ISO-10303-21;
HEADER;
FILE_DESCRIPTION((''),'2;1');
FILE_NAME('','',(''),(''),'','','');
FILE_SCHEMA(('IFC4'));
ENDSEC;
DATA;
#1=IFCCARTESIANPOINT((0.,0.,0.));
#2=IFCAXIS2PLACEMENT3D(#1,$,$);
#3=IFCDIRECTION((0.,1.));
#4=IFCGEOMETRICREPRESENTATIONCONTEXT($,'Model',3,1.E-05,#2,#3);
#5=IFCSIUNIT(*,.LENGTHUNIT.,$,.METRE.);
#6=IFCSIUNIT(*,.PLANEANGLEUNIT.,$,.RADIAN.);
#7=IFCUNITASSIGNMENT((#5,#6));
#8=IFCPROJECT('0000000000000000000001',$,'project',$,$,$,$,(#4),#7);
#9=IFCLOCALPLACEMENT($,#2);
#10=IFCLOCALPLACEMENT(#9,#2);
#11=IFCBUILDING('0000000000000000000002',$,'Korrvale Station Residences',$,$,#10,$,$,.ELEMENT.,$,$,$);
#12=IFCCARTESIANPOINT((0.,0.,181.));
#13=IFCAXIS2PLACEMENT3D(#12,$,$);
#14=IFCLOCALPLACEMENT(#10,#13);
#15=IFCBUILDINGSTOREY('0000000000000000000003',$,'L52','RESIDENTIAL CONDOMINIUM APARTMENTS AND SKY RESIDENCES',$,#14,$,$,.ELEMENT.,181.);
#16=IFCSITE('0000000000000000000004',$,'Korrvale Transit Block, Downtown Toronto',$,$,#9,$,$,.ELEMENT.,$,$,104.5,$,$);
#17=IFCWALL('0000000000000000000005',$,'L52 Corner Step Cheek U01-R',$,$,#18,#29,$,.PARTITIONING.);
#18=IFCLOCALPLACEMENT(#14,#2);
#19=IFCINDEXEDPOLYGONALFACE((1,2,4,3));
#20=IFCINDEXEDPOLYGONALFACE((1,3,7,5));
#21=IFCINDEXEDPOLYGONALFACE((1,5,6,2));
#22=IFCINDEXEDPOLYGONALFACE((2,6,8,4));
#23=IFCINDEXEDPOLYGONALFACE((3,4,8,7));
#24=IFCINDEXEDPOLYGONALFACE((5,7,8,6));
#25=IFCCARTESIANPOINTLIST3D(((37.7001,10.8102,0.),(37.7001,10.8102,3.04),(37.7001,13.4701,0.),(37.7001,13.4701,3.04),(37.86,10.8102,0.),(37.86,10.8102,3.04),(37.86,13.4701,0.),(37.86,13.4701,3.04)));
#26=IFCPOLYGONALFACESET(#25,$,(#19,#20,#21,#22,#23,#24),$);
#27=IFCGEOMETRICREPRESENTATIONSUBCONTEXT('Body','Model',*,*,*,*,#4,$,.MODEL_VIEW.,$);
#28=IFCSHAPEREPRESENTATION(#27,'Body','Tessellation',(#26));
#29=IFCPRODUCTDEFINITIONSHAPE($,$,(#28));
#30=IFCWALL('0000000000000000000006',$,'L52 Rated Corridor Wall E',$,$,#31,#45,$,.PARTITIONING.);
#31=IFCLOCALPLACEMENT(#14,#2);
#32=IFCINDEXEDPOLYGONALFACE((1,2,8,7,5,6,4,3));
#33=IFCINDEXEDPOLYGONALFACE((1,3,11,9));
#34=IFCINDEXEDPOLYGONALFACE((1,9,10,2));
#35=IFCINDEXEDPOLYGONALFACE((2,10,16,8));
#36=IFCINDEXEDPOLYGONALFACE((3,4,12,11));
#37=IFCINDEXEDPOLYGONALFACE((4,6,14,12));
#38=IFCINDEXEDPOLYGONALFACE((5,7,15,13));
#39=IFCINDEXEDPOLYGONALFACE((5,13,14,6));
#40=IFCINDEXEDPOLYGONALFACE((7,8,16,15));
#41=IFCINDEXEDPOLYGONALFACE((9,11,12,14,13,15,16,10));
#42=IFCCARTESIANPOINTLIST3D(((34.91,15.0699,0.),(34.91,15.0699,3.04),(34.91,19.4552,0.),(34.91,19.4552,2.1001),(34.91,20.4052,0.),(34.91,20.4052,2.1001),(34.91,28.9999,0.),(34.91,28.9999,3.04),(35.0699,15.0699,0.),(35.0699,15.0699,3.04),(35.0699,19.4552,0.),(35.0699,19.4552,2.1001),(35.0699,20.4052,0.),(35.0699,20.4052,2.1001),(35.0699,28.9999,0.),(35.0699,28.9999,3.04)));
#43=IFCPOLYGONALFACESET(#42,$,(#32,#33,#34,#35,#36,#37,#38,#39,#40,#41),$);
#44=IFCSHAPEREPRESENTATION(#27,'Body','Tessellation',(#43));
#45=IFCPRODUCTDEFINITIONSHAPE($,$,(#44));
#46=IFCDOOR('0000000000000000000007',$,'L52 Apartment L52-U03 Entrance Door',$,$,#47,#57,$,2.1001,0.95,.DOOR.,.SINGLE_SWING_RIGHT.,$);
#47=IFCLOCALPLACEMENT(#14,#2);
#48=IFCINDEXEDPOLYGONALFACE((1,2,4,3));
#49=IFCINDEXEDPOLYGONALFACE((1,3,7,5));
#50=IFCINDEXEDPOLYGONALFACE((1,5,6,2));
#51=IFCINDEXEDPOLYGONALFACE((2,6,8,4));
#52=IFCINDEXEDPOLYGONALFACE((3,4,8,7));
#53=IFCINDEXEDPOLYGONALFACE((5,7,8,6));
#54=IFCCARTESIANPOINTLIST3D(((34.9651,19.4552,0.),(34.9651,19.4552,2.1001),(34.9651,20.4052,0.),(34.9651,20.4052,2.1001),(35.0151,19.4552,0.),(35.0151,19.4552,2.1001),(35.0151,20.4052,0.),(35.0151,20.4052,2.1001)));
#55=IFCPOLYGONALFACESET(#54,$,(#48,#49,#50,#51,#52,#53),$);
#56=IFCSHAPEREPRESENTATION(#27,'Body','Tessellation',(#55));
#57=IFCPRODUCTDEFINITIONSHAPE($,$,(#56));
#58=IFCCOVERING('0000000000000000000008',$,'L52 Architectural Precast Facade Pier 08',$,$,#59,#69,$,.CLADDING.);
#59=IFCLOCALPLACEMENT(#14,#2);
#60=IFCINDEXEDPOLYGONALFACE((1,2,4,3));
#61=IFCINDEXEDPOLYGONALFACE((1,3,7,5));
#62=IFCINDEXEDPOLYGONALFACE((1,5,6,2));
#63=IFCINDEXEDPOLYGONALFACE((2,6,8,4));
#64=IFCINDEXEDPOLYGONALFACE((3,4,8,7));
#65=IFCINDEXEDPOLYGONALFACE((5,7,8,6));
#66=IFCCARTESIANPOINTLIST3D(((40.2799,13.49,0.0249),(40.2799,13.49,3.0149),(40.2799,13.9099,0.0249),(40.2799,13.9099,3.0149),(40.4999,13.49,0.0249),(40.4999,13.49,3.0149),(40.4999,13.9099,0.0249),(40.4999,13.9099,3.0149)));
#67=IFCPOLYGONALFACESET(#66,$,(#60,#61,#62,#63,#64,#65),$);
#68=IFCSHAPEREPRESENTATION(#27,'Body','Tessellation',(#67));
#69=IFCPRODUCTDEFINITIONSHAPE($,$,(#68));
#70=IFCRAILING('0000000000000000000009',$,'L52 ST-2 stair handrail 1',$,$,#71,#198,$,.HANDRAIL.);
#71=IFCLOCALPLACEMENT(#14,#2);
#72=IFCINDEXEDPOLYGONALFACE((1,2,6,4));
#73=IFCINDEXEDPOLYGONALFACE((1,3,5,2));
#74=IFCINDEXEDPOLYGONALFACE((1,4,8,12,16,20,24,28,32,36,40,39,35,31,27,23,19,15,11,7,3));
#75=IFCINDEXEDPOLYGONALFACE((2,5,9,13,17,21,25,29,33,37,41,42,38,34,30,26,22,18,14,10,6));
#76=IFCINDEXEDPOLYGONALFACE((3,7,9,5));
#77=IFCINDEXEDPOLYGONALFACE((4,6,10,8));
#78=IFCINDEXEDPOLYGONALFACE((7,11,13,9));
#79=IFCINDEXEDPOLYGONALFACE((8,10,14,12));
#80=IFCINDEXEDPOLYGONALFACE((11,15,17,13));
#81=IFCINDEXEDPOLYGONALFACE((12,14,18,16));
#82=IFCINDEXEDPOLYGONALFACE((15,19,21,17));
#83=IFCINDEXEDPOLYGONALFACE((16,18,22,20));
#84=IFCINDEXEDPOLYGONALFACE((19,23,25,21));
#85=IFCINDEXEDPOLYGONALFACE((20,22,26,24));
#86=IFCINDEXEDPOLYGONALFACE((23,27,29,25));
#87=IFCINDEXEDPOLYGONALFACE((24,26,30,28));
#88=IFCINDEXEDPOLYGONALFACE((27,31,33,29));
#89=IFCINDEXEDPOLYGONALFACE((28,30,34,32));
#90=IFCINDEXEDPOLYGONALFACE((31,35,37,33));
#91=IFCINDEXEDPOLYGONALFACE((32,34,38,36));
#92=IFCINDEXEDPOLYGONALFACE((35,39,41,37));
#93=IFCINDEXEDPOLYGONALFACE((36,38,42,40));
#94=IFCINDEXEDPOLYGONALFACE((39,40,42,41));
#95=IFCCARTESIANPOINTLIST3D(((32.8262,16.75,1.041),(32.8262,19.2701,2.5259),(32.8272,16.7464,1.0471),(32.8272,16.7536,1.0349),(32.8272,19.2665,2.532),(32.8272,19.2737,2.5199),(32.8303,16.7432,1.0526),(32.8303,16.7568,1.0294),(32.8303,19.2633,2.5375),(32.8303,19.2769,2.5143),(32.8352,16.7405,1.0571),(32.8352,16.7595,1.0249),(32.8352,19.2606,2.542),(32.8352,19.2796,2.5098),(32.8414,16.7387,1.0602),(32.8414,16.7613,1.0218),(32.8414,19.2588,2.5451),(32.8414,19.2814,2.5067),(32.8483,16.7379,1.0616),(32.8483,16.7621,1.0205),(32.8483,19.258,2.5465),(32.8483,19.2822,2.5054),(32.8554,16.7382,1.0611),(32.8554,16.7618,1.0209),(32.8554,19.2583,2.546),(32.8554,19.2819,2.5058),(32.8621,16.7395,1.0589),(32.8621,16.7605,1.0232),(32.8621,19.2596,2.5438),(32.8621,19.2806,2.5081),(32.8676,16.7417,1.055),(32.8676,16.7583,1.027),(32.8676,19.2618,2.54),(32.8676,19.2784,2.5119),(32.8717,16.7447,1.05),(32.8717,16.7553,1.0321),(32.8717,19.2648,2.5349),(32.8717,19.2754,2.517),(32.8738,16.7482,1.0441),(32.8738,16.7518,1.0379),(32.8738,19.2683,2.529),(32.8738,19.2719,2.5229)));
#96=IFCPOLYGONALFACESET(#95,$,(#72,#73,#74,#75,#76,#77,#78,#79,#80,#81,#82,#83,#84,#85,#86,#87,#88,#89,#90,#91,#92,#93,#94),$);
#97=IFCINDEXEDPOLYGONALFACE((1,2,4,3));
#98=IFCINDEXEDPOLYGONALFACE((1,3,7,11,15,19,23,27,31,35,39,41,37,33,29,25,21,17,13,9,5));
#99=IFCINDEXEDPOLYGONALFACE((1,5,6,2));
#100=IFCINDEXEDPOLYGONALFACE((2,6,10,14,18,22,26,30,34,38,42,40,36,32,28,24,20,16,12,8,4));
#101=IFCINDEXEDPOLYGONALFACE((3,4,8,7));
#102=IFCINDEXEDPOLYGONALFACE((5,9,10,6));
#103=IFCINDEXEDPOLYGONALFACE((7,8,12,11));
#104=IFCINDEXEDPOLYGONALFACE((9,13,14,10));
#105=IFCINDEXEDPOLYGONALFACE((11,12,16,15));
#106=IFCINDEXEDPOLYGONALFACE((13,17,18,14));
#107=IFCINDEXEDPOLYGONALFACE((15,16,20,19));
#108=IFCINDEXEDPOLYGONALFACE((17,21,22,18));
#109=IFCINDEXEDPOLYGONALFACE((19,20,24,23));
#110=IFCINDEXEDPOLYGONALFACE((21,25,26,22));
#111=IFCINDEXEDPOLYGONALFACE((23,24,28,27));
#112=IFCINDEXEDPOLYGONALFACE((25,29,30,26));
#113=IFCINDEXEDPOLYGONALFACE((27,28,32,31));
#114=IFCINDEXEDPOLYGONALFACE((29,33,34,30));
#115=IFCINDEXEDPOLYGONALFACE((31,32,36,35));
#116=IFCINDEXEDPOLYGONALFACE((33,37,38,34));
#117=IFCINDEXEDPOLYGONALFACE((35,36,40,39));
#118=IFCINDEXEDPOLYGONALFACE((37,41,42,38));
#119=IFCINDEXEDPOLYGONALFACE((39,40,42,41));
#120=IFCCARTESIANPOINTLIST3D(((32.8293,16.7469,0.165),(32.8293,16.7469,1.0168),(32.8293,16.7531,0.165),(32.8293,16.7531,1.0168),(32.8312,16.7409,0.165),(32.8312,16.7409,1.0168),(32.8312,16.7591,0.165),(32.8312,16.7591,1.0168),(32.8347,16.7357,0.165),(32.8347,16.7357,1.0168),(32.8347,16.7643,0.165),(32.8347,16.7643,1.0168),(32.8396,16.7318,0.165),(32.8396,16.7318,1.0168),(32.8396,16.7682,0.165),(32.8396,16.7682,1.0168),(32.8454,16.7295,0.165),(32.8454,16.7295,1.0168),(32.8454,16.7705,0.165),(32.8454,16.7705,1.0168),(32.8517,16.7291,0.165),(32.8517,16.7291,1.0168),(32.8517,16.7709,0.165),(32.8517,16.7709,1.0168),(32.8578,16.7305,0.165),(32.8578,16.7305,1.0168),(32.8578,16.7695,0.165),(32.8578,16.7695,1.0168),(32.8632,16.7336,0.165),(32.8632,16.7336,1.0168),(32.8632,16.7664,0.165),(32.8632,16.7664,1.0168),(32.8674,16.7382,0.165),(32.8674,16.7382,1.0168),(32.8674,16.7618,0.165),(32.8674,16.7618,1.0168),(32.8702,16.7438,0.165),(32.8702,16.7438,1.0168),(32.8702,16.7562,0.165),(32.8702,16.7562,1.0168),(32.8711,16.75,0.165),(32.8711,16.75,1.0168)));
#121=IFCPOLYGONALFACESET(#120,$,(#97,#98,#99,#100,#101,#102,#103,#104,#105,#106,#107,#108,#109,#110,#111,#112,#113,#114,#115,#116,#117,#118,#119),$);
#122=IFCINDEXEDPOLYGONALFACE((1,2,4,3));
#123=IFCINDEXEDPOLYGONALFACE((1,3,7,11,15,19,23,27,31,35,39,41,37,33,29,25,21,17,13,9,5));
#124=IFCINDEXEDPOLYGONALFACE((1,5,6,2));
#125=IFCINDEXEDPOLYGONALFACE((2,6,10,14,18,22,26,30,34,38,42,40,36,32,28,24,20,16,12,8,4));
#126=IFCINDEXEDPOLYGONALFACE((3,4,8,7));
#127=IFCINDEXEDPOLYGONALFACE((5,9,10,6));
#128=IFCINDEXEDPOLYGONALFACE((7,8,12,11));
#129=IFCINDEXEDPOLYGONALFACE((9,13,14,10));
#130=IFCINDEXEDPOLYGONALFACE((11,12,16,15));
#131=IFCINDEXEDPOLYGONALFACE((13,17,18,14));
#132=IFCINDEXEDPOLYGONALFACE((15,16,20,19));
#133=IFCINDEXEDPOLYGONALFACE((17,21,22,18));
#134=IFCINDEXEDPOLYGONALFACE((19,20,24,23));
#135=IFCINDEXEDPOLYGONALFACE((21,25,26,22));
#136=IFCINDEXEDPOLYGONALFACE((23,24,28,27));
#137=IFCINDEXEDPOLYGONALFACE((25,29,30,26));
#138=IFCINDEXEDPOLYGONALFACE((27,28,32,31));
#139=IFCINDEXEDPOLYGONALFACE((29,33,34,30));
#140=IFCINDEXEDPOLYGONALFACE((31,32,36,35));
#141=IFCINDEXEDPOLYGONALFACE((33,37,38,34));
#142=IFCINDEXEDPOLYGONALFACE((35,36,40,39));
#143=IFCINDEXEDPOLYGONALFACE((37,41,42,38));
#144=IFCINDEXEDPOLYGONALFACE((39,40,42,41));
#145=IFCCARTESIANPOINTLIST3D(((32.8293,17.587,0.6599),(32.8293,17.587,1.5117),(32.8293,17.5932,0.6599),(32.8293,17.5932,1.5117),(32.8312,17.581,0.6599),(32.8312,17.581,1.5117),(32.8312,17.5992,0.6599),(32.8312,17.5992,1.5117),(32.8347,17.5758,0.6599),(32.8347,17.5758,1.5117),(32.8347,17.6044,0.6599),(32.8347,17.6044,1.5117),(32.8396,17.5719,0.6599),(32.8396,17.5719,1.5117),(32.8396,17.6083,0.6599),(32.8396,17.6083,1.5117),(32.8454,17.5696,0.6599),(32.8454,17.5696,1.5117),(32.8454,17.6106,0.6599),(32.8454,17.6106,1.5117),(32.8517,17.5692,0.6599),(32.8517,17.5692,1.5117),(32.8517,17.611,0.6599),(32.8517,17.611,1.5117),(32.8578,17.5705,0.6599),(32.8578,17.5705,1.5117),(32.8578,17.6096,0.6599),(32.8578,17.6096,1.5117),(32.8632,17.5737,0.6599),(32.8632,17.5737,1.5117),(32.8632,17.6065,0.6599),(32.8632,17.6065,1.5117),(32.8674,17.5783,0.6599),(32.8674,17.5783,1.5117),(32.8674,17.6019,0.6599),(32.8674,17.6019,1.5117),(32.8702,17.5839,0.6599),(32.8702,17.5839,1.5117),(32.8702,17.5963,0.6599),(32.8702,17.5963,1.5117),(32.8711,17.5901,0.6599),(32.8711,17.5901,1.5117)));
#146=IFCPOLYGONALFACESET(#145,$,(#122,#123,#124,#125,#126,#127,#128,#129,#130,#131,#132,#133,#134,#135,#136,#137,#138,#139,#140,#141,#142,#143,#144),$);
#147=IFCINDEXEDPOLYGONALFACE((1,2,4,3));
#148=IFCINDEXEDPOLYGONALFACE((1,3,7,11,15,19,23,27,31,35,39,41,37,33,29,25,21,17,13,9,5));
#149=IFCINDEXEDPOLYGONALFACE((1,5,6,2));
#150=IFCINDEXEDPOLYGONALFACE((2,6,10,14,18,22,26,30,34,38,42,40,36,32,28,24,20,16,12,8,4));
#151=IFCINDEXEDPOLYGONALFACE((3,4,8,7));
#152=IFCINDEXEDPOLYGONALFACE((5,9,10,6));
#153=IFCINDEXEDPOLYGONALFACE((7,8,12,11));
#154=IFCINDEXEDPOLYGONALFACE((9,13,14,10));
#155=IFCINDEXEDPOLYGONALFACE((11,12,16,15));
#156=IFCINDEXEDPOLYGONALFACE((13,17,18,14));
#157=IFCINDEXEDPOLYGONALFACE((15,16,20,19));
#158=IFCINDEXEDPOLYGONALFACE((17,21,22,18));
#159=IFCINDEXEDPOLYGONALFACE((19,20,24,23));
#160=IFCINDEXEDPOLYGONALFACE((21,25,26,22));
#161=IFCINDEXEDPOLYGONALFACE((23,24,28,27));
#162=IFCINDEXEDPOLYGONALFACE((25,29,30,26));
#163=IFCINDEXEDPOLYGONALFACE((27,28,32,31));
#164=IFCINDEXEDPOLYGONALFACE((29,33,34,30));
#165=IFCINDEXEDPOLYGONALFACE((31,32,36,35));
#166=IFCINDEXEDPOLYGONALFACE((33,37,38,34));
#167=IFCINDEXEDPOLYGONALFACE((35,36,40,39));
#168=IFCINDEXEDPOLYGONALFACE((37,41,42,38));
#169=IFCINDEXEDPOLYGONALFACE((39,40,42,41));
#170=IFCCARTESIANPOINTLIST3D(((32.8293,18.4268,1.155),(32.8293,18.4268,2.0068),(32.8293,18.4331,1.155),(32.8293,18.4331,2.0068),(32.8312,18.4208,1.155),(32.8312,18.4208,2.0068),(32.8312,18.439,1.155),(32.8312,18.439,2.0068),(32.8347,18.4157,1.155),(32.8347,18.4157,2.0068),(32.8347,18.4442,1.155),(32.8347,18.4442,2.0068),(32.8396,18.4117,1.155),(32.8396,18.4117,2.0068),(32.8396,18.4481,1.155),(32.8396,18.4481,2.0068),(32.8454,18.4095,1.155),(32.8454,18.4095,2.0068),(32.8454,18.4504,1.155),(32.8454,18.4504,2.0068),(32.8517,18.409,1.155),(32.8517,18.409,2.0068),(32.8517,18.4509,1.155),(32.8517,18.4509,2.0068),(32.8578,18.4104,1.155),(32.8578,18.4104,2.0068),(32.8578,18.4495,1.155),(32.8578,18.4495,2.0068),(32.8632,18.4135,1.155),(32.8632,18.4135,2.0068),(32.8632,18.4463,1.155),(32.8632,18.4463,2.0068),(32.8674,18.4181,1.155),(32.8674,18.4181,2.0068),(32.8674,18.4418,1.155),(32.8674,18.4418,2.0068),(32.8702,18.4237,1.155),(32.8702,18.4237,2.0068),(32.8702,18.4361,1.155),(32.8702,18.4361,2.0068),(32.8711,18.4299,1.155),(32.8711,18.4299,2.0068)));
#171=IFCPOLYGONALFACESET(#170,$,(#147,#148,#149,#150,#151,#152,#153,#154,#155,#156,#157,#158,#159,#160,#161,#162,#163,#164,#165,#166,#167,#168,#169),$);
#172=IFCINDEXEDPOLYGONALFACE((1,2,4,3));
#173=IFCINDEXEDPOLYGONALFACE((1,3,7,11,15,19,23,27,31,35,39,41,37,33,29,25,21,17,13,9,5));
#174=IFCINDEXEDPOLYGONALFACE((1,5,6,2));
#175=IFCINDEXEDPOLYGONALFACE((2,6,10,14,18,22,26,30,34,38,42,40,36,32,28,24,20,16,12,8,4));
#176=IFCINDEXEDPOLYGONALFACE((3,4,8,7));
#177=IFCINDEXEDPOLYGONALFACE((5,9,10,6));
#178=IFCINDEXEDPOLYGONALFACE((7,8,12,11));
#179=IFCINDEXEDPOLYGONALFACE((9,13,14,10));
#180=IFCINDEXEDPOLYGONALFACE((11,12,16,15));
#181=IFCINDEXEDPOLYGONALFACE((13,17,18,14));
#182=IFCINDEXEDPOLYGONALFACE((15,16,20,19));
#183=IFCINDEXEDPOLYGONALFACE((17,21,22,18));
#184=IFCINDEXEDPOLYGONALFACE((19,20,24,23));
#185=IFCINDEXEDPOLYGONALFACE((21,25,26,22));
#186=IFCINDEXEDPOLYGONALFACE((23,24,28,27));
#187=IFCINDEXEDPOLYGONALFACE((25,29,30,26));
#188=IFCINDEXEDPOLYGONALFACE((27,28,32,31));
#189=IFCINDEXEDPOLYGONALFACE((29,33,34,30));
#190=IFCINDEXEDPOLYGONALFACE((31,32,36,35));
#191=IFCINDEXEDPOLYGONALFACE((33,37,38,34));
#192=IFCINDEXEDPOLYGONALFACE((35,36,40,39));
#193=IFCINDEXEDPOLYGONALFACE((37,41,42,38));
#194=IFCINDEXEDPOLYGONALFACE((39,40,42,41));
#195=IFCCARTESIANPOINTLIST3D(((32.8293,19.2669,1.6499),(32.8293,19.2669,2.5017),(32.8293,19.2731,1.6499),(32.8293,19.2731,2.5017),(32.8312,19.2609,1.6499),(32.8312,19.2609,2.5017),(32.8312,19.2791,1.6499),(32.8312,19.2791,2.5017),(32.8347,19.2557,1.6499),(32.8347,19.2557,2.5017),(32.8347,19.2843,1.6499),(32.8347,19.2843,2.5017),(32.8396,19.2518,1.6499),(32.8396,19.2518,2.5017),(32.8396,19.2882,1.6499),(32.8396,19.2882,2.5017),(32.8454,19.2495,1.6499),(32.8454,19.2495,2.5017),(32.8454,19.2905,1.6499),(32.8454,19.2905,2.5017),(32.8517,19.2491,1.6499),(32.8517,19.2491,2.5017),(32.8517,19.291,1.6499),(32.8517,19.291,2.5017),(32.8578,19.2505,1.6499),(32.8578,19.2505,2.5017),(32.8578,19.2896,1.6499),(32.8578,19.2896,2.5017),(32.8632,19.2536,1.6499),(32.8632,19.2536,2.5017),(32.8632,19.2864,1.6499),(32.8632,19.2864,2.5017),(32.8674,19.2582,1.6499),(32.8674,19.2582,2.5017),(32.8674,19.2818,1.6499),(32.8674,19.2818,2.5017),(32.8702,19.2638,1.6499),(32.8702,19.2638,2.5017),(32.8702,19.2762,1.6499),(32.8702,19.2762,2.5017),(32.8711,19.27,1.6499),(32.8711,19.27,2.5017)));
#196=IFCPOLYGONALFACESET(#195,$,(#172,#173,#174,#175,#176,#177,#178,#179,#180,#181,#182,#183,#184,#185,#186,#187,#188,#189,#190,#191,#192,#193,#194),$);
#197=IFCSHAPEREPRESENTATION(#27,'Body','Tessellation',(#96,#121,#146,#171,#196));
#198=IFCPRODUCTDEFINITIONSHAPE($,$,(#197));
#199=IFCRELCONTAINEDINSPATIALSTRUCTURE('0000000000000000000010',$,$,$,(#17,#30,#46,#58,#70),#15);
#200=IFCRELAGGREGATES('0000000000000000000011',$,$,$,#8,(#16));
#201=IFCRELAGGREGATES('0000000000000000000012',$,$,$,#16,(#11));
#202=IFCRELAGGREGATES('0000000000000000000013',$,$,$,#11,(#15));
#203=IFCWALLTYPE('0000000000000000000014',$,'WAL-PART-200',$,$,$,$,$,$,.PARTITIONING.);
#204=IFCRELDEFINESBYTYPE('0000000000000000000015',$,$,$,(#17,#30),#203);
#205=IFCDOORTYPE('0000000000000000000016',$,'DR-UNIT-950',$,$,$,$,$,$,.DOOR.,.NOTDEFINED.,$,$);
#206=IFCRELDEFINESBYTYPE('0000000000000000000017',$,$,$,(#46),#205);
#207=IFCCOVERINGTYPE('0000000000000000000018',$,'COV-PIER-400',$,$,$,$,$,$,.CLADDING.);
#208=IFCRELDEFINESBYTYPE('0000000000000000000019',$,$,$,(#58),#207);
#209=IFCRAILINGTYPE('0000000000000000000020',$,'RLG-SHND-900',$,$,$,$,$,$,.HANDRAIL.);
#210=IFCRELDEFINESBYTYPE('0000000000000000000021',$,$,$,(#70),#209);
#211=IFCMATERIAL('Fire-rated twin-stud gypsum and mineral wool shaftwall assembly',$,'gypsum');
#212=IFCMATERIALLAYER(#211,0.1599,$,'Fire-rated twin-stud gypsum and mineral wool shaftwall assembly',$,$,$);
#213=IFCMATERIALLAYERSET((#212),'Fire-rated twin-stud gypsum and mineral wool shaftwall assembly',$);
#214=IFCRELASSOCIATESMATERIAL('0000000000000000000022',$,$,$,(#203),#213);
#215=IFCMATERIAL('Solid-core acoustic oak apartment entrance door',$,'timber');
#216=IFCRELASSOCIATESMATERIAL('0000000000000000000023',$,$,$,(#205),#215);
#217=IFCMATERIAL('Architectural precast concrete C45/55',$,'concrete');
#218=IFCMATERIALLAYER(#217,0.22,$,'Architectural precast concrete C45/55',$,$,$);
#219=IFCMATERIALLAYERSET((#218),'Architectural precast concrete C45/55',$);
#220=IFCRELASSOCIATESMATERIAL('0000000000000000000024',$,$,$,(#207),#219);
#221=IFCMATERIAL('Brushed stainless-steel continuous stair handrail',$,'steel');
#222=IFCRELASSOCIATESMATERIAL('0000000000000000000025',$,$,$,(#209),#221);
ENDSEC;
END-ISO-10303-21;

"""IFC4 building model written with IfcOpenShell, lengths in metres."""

from ifc_helpers import new_model, si_unit, direction, frame, frame_2d, origin, origin_2d, place, context, subcontext, project, spatial, rectangle, circle, extrude, material, layer, layer_set, type_object, element, fill, save


model = new_model("IFC4")

# Units and contexts
model_context = context("Model", 3, precision=1e-05, world=origin(), true_north=direction((0.0, 1.0)))
body_context = subcontext(model_context, "Body", "Model", "MODEL_VIEW")
ifc_project = project(units=[si_unit("LENGTHUNIT", "METRE"), si_unit("PLANEANGLEUNIT", "RADIAN")], contexts=[model_context])

# Site, building, storey
site_placement = place(None, origin())
site = spatial("IfcSite", under=ifc_project, at=site_placement, Name="Korrvale Transit Block, Downtown Toronto", CompositionType="ELEMENT", RefElevation=104.5)
building_placement = place(site_placement, origin())
building = spatial("IfcBuilding", under=site, at=building_placement, Name="Korrvale Station Residences", CompositionType="ELEMENT")
storey_placement = place(building_placement, frame((0.0, 0.0, 181.0)))
storey = spatial("IfcBuildingStorey", under=building, at=storey_placement, Name="L52", Description="RESIDENTIAL CONDOMINIUM APARTMENTS AND SKY RESIDENCES", CompositionType="ELEMENT", Elevation=181.0)

# Wall
ifc_material_1 = material(Name="Fire-rated twin-stud gypsum and mineral wool shaftwall assembly", Category="gypsum")
ifc_layer_1 = layer(ifc_material_1, 0.1599, Name="Fire-rated twin-stud gypsum and mineral wool shaftwall assembly")
ifc_layer_set_1 = layer_set([ifc_layer_1], Name="Fire-rated twin-stud gypsum and mineral wool shaftwall assembly")
wall_type_1 = type_object("IfcWallType", Name="WAL-PART-200", PredefinedType="PARTITIONING", material=ifc_layer_set_1)
wall_1_placement = place(storey_placement, frame((37.78, 10.8101, 0.0), z_axis=(0.0, 0.0, 1.0), x_axis=(0.0, 1.0, 0.0)))
element("IfcWall", 1, at=wall_1_placement, inside=storey, type_object=wall_type_1, Name="L52 Corner Step Cheek U01-R", PredefinedType="PARTITIONING", context=body_context, shape_type="SweptSolid", body=[
    extrude(rectangle(XDim=2.6599, YDim=0.1599, at=frame_2d((1.3301, 0.0))), origin(), (0.0, 0.0, 1.0), 3.04),
])

# Wall, opening, door
wall_2_placement = place(storey_placement, frame((34.99, 15.0701, 0.0), z_axis=(0.0, 0.0, 1.0), x_axis=(0.0, 1.0, 0.0)))
wall_2 = element("IfcWall", 2, at=wall_2_placement, inside=storey, type_object=wall_type_1, Name="L52 Rated Corridor Wall E", PredefinedType="PARTITIONING", context=body_context, shape_type="SweptSolid", body=[
    extrude(rectangle(XDim=13.9299, YDim=0.1599, at=frame_2d((6.9648, 0.0))), origin(), (0.0, 0.0, 1.0), 3.04),
])
opening_1_placement = place(wall_2_placement, frame((4.385, 0.0, 0.0)))
opening_1 = element("IfcOpeningElement", 3, at=opening_1_placement, cuts=wall_2, PredefinedType="OPENING", context=body_context, shape_type="SweptSolid", body=[
    extrude(rectangle(XDim=0.95, YDim=2.1001, at=frame_2d((0.4751, 1.05))), frame((0.0, 0.0898, 0.0), z_axis=(0.0, -1.0, 0.0), x_axis=(1.0, 0.0, 0.0)), (0.0, 0.0, 1.0), 0.1799),
])
ifc_material_2 = material(Name="Solid-core acoustic oak apartment entrance door", Category="timber")
door_type_1 = type_object("IfcDoorType", Name="DR-UNIT-950", OperationType="NOTDEFINED", PredefinedType="DOOR", material=ifc_material_2)
door_1_placement = place(opening_1_placement, origin())
door_1 = element("IfcDoor", 4, at=door_1_placement, inside=storey, type_object=door_type_1, Name="L52 Apartment L52-U03 Entrance Door", OperationType="SINGLE_SWING_RIGHT", OverallHeight=2.1001, OverallWidth=0.95, PredefinedType="DOOR", context=body_context, shape_type="SweptSolid", body=[
    extrude(rectangle(XDim=0.95, YDim=2.1001, at=frame_2d((0.4751, 1.05))), frame((0.0, 0.0249, 0.0), z_axis=(0.0, -1.0, 0.0), x_axis=(1.0, 0.0, 0.0)), (0.0, 0.0, 1.0), 0.05),
])
fill(opening_1, door_1)

# Covering
ifc_material_3 = material(Name="Architectural precast concrete C45/55", Category="concrete")
ifc_layer_2 = layer(ifc_material_3, 0.22, Name="Architectural precast concrete C45/55")
ifc_layer_set_2 = layer_set([ifc_layer_2], Name="Architectural precast concrete C45/55")
covering_type = type_object("IfcCoveringType", Name="COV-PIER-400", PredefinedType="CLADDING", material=ifc_layer_set_2)
covering_placement = place(storey_placement, frame((40.3899, 13.7, 0.0249), z_axis=(0.0, 0.0, 1.0), x_axis=(0.0, 1.0, 0.0)))
element("IfcCovering", 5, at=covering_placement, inside=storey, type_object=covering_type, Name="L52 Architectural Precast Facade Pier 08", PredefinedType="CLADDING", context=body_context, shape_type="SweptSolid", body=[
    extrude(rectangle(XDim=0.4199, YDim=0.22, at=origin_2d()), origin(), (0.0, 0.0, 1.0), 2.99),
])

# Railing
ifc_material_4 = material(Name="Brushed stainless-steel continuous stair handrail", Category="steel")
railing_type = type_object("IfcRailingType", Name="RLG-SHND-900", PredefinedType="HANDRAIL", material=ifc_material_4)
railing_placement = place(storey_placement, frame((32.8501, 16.75, 0.165)))
element("IfcRailing", 6, at=railing_placement, inside=storey, type_object=railing_type, Name="L52 ST-2 stair handrail 1", PredefinedType="HANDRAIL", context=body_context, shape_type="SweptSolid", body=[
    extrude(circle(Radius=0.0239, at=origin_2d()), frame((0.0, 0.0, 0.876), z_axis=(0.0, 0.861561, 0.507655), x_axis=(-1.0, 0.0, 0.0)), (0.0, 0.0, 1.0), 2.925),
    extrude(circle(Radius=0.021, at=origin_2d()), origin(), (0.0, 0.0, 1.0), 0.8518),
    extrude(circle(Radius=0.021, at=origin_2d()), frame((0.0, 0.8401, 0.4949)), (0.0, 0.0, 1.0), 0.8518),
    extrude(circle(Radius=0.021, at=origin_2d()), frame((0.0, 1.6799, 0.99)), (0.0, 0.0, 1.0), 0.8518),
    extrude(circle(Radius=0.021, at=origin_2d()), frame((0.0, 2.52, 1.4849)), (0.0, 0.0, 1.0), 0.8518),
])

save(model, "model.ifc")
